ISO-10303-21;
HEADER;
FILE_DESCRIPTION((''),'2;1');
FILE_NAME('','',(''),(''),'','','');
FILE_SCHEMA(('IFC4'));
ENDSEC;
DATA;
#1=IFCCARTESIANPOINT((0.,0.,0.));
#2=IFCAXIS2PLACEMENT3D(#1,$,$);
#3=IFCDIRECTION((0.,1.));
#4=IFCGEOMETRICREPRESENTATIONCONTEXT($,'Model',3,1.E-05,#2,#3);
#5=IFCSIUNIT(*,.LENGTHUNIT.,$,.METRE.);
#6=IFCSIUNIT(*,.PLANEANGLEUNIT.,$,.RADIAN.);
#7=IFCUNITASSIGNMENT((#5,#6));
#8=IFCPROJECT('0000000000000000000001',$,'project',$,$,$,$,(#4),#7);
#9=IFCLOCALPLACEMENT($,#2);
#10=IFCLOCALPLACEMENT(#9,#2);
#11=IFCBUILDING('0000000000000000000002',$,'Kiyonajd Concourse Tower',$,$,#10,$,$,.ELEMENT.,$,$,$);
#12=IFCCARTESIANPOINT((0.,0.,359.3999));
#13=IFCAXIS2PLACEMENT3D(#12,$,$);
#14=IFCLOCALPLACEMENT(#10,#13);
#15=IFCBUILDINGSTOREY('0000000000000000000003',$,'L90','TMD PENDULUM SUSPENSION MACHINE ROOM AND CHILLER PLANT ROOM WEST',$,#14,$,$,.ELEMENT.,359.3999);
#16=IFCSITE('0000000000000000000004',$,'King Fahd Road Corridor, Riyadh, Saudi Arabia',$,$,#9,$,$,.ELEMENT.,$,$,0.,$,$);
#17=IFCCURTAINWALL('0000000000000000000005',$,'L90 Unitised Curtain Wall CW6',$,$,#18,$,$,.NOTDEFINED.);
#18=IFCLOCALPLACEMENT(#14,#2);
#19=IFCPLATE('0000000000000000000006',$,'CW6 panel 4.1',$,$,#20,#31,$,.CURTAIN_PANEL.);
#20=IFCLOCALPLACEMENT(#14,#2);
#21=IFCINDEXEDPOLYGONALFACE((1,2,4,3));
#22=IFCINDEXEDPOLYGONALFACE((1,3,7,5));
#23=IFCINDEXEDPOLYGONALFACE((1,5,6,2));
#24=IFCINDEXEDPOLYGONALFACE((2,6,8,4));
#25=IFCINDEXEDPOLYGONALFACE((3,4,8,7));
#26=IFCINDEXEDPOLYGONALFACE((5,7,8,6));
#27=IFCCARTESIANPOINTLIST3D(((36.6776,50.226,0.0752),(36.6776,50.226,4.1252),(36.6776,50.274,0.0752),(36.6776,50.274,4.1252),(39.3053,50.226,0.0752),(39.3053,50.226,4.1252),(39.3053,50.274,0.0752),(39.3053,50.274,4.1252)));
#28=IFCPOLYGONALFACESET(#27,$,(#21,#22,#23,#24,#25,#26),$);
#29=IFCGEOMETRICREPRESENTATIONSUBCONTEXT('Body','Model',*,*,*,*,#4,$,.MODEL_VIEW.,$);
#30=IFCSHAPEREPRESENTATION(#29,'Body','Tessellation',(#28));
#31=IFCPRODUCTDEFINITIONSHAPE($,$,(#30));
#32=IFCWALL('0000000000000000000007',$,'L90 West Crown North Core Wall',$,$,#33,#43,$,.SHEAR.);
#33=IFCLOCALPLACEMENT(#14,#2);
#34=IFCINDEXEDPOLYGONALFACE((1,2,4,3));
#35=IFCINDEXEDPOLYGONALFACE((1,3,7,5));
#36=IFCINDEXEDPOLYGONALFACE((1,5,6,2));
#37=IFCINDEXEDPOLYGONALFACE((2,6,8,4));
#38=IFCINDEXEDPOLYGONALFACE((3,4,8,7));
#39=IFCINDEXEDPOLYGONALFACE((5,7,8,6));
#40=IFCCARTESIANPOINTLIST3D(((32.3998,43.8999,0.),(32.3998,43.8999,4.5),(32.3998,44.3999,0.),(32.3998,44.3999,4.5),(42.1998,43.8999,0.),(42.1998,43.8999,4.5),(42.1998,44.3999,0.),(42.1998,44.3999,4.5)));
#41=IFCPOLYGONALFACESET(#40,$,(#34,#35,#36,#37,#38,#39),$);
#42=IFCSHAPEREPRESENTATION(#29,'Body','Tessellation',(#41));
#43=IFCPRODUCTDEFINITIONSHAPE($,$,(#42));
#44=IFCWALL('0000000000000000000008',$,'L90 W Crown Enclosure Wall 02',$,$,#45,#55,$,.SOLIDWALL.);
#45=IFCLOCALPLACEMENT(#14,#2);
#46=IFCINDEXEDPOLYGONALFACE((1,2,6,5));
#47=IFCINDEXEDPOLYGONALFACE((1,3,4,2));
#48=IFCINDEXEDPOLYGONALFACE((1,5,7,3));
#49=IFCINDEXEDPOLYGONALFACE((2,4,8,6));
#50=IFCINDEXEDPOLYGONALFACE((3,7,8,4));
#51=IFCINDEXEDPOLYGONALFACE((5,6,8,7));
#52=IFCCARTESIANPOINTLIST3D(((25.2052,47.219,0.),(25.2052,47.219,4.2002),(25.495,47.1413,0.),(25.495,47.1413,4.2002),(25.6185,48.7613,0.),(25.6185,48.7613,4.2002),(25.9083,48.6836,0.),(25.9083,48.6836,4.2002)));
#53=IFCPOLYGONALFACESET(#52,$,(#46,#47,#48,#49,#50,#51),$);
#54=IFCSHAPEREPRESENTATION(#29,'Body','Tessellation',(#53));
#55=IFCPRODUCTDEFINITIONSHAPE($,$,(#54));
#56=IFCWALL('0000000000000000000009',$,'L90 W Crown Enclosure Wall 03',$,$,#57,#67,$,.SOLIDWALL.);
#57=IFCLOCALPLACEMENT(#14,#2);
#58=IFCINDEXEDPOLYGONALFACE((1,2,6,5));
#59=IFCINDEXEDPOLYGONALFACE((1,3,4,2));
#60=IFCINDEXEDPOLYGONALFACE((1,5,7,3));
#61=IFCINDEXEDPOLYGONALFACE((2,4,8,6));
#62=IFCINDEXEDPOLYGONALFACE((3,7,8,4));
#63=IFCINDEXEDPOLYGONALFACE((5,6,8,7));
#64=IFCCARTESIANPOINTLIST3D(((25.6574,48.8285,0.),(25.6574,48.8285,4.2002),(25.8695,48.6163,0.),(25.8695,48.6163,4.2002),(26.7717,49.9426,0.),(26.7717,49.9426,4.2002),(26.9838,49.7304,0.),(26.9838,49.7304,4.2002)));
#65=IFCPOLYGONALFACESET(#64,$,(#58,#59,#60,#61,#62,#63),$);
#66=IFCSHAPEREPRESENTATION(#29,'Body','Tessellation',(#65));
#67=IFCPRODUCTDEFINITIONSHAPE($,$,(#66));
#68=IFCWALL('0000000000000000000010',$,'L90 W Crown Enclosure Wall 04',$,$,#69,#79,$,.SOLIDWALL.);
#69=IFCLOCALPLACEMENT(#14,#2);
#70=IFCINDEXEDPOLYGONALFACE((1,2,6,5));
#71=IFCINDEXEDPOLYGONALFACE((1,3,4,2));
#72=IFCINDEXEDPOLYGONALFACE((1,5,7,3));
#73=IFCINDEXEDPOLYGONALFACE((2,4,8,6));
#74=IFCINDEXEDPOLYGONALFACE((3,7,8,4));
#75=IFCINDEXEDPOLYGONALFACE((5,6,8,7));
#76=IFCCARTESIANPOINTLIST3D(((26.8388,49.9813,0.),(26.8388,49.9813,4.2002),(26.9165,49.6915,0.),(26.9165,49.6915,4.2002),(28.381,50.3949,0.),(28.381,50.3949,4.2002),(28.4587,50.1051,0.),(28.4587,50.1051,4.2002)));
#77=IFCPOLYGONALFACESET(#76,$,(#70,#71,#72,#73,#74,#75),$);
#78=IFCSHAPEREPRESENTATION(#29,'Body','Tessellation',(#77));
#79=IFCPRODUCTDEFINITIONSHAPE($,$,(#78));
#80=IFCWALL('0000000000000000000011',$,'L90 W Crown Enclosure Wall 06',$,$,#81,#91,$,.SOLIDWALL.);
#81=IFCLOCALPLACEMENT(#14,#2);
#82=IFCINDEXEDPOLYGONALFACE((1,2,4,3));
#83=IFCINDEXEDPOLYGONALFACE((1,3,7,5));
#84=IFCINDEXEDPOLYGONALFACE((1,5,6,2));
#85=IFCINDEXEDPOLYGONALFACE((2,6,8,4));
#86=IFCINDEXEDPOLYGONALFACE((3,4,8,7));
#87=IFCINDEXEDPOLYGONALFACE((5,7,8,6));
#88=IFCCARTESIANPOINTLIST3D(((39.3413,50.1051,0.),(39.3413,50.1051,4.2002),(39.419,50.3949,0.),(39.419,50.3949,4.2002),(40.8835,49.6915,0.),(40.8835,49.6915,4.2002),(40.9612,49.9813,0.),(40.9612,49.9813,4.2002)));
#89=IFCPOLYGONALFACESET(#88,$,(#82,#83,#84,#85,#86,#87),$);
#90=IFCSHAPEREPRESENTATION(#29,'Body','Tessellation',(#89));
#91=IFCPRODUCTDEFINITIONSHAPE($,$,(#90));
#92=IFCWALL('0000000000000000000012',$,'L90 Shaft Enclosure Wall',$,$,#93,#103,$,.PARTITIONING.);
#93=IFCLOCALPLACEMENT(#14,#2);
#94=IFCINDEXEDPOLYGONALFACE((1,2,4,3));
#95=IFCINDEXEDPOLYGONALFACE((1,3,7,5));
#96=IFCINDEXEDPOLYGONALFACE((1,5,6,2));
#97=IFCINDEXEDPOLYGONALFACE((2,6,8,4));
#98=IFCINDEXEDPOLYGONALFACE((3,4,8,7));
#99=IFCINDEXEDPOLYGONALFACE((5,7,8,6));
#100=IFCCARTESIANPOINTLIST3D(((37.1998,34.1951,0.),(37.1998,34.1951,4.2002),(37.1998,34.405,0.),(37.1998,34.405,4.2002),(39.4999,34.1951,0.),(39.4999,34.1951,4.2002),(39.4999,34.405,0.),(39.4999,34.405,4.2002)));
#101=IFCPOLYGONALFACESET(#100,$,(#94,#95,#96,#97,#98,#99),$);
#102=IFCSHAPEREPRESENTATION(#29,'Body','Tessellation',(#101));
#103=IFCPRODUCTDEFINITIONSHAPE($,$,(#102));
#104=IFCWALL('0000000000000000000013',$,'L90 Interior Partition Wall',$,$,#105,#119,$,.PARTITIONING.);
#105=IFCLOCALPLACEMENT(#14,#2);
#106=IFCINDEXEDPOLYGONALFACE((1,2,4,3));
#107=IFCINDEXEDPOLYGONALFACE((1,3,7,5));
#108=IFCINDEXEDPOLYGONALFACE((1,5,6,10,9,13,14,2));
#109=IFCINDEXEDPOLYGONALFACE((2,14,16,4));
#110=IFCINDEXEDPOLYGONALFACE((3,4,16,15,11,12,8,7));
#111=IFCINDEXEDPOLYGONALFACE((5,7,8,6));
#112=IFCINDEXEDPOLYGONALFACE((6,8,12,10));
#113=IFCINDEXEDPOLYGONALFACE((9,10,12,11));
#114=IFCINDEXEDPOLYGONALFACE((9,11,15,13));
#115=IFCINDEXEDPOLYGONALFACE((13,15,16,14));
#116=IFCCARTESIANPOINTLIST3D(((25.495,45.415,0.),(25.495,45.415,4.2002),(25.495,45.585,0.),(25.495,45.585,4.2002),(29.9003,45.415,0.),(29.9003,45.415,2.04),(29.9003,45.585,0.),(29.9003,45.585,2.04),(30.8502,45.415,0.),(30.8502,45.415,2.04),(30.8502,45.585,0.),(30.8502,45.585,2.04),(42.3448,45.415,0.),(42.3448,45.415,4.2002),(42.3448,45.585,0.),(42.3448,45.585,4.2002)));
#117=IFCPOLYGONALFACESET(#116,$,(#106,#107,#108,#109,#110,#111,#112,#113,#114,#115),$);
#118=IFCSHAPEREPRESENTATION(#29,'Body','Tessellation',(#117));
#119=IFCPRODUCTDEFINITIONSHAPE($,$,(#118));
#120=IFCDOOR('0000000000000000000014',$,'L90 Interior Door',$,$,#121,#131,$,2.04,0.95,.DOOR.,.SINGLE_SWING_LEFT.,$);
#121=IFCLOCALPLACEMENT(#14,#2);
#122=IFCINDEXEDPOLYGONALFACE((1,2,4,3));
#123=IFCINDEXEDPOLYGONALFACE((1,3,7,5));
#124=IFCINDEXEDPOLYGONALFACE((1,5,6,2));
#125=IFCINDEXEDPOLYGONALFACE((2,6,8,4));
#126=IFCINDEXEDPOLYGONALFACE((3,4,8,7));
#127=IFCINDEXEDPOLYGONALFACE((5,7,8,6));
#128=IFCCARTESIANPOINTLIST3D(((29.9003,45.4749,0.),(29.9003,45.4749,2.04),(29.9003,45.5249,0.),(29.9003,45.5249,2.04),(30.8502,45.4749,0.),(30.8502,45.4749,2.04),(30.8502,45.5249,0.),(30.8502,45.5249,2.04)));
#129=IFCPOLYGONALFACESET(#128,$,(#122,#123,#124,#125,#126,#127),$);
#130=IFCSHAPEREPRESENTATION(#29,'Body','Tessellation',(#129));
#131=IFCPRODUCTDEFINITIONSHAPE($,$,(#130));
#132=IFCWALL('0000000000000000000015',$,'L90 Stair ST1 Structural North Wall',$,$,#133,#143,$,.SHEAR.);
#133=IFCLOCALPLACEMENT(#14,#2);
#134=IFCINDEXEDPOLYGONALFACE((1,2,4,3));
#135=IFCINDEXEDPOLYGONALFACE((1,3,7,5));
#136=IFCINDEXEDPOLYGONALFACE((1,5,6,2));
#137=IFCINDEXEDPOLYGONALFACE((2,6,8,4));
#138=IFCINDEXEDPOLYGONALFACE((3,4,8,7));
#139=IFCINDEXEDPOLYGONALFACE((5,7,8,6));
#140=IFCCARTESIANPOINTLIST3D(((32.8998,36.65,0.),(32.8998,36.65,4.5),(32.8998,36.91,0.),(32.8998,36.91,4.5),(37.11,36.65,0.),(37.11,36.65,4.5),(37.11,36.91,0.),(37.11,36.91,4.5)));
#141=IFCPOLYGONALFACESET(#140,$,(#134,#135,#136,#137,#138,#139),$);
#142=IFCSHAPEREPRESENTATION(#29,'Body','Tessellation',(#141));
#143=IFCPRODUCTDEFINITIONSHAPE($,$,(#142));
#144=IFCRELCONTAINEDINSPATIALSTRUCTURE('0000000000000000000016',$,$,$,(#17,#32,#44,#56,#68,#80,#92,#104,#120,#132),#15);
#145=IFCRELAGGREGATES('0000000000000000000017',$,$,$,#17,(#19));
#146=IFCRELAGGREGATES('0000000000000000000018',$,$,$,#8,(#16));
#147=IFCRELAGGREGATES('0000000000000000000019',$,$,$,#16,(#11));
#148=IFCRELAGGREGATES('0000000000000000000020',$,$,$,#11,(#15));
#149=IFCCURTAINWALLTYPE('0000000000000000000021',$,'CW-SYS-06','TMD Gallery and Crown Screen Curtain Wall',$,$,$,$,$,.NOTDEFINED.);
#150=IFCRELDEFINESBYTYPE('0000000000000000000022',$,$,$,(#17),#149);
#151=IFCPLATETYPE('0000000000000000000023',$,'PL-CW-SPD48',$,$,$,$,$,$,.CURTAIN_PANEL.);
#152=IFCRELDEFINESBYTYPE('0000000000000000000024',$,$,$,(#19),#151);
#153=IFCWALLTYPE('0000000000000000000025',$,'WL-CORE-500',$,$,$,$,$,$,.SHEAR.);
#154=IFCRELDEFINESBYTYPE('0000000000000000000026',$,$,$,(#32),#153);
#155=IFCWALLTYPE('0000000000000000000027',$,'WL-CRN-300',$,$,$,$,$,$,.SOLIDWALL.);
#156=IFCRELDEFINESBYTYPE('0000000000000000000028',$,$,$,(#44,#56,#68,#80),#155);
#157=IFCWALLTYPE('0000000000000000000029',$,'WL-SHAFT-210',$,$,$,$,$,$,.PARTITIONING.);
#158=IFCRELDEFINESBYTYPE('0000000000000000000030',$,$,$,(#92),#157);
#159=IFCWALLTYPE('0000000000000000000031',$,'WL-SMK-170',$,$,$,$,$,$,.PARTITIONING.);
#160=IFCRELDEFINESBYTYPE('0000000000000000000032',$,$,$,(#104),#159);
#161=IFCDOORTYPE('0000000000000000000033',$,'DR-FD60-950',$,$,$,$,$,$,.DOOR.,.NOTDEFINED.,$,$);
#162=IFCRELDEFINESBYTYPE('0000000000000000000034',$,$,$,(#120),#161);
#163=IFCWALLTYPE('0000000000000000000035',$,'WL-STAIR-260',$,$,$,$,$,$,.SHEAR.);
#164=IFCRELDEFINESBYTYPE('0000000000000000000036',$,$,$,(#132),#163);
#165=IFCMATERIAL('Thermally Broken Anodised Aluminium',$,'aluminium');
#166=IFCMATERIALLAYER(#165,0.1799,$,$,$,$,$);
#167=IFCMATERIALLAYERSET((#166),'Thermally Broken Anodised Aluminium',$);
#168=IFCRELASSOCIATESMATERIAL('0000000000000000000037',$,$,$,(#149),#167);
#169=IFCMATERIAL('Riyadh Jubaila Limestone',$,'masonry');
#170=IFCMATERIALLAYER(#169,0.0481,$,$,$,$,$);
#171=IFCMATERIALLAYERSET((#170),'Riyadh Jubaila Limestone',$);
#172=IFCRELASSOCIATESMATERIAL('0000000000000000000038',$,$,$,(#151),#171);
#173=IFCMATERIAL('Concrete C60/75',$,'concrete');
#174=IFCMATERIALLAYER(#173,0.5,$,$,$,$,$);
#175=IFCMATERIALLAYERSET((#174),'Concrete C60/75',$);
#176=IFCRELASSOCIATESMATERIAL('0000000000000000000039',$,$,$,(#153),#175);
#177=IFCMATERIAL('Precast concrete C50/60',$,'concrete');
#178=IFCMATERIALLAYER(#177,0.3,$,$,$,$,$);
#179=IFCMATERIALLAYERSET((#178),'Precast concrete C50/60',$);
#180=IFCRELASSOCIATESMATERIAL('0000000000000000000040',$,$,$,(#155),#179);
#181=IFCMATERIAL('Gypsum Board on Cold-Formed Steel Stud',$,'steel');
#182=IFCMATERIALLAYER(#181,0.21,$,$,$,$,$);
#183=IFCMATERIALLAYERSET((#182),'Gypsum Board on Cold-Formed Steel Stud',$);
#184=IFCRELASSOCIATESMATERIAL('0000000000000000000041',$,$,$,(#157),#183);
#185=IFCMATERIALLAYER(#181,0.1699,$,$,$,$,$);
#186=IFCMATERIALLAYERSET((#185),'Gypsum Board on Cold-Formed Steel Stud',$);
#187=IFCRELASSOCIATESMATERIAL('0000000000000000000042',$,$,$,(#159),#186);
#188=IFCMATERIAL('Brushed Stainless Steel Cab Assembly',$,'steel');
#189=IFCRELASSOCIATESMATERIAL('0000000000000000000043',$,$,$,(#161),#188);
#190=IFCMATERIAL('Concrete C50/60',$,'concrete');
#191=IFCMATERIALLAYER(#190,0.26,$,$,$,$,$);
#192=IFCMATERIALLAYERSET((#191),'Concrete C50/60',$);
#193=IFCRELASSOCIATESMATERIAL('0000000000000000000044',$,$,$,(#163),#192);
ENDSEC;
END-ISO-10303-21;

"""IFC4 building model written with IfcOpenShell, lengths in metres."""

from ifc_helpers import new_model, si_unit, direction, frame, frame_2d, origin, origin_2d, place, context, subcontext, project, spatial, rectangle, extrude, material, layer, layer_set, type_object, element, fill, aggregate, save


model = new_model("IFC4")

# Units and contexts
model_context = context("Model", 3, precision=1e-05, world=origin(), true_north=direction((0.0, 1.0)))
body_context = subcontext(model_context, "Body", "Model", "MODEL_VIEW")
ifc_project = project(units=[si_unit("LENGTHUNIT", "METRE"), si_unit("PLANEANGLEUNIT", "RADIAN")], contexts=[model_context])

# Site, building, storey
site_placement = place(None, origin())
site = spatial("IfcSite", under=ifc_project, at=site_placement, Name="King Fahd Road Corridor, Riyadh, Saudi Arabia", CompositionType="ELEMENT", RefElevation=0.0)
building_placement = place(site_placement, origin())
building = spatial("IfcBuilding", under=site, at=building_placement, Name="Kiyonajd Concourse Tower", CompositionType="ELEMENT")
storey_placement = place(building_placement, frame((0.0, 0.0, 359.3999)))
storey = spatial("IfcBuildingStorey", under=building, at=storey_placement, Name="L90", Description="TMD PENDULUM SUSPENSION MACHINE ROOM AND CHILLER PLANT ROOM WEST", CompositionType="ELEMENT", Elevation=359.3999)

# Curtain wall
ifc_material_1 = material(Name="Thermally Broken Anodised Aluminium", Category="aluminium")
ifc_layer_1 = layer(ifc_material_1, 0.1799)
ifc_layer_set_1 = layer_set([ifc_layer_1], Name="Thermally Broken Anodised Aluminium")
curtain_wall_type = type_object("IfcCurtainWallType", Name="CW-SYS-06", Description="TMD Gallery and Crown Screen Curtain Wall", PredefinedType="NOTDEFINED", material=ifc_layer_set_1)
curtain_wall_placement = place(storey_placement, origin())
curtain_wall = element("IfcCurtainWall", 1, at=curtain_wall_placement, inside=storey, type_object=curtain_wall_type, Name="L90 Unitised Curtain Wall CW6", PredefinedType="NOTDEFINED")

# Plate
ifc_material_2 = material(Name="Riyadh Jubaila Limestone", Category="masonry")
ifc_layer_2 = layer(ifc_material_2, 0.0481)
ifc_layer_set_2 = layer_set([ifc_layer_2], Name="Riyadh Jubaila Limestone")
plate_type_1 = type_object("IfcPlateType", Name="PL-CW-SPD48", PredefinedType="CURTAIN_PANEL", material=ifc_layer_set_2)
plate_1_placement = place(storey_placement, frame((37.9915, 50.25, 0.0752), z_axis=(0.0, 0.0, 1.0), x_axis=(1.0, 0.0, 0.0)))
plate_1 = element("IfcPlate", 2, at=plate_1_placement, type_object=plate_type_1, Name="CW6 panel 4.1", PredefinedType="CURTAIN_PANEL", context=body_context, shape_type="SweptSolid", body=[
    extrude(rectangle(XDim=2.6277, YDim=0.0481, at=origin_2d()), origin(), (0.0, 0.0, 1.0), 4.05),
])
aggregate(curtain_wall, [plate_1])

# Walls
ifc_material_3 = material(Name="Concrete C60/75", Category="concrete")
ifc_layer_3 = layer(ifc_material_3, 0.5)
ifc_layer_set_3 = layer_set([ifc_layer_3], Name="Concrete C60/75")
wall_type_1 = type_object("IfcWallType", Name="WL-CORE-500", PredefinedType="SHEAR", material=ifc_layer_set_3)
wall_1_placement = place(storey_placement, frame((32.3999, 44.1499, 0.0), z_axis=(0.0, 0.0, 1.0), x_axis=(1.0, 0.0, 0.0)))
element("IfcWall", 3, at=wall_1_placement, inside=storey, type_object=wall_type_1, Name="L90 West Crown North Core Wall", PredefinedType="SHEAR", context=body_context, shape_type="SweptSolid", body=[
    extrude(rectangle(XDim=9.8, YDim=0.5, at=frame_2d((4.8999, 0.0))), origin(), (0.0, 0.0, 1.0), 4.5),
])
ifc_material_4 = material(Name="Precast concrete C50/60", Category="concrete")
ifc_layer_4 = layer(ifc_material_4, 0.3)
ifc_layer_set_4 = layer_set([ifc_layer_4], Name="Precast concrete C50/60")
wall_type_2 = type_object("IfcWallType", Name="WL-CRN-300", PredefinedType="SOLIDWALL", material=ifc_layer_set_4)
wall_2_placement = place(storey_placement, frame((25.3501, 47.1802, 0.0), z_axis=(0.0, 0.0, 1.0), x_axis=(0.258871, 0.965912, 0.0)))
element("IfcWall", 4, at=wall_2_placement, inside=storey, type_object=wall_type_2, Name="L90 W Crown Enclosure Wall 02", PredefinedType="SOLIDWALL", context=body_context, shape_type="SweptSolid", body=[
    extrude(rectangle(XDim=1.5967, YDim=0.3, at=frame_2d((0.7983, 0.0))), origin(), (0.0, 0.0, 1.0), 4.2002),
])
wall_3_placement = place(storey_placement, frame((25.7634, 48.7224, 0.0), z_axis=(0.0, 0.0, 1.0), x_axis=(0.707184, 0.707029, 0.0)))
element("IfcWall", 5, at=wall_3_placement, inside=storey, type_object=wall_type_2, Name="L90 W Crown Enclosure Wall 03", PredefinedType="SOLIDWALL", context=body_context, shape_type="SweptSolid", body=[
    extrude(rectangle(XDim=1.5757, YDim=0.3, at=frame_2d((0.7878, 0.0))), origin(), (0.0, 0.0, 1.0), 4.2002),
])
for number, where, z_axis, x_axis, name in (
    (6, (26.8777, 49.8364, 0.0), (0.0, 0.0, 1.0), (0.965874, 0.259014, 0.0), "L90 W Crown Enclosure Wall 04"),
    (7, (39.3801, 50.25, 0.0), (0.0, 0.0, 1.0), (0.965874, -0.259014, 0.0), "L90 W Crown Enclosure Wall 06"),
):
    element("IfcWall", number, at=place(storey_placement, frame(where, z_axis=z_axis, x_axis=x_axis)), inside=storey, type_object=wall_type_2, Name=name, PredefinedType="SOLIDWALL", context=body_context, shape_type="SweptSolid", body=[
        extrude(rectangle(XDim=1.5967, YDim=0.3, at=frame_2d((0.7983, 0.0))), origin(), (0.0, 0.0, 1.0), 4.2002),
    ])
ifc_material_5 = material(Name="Gypsum Board on Cold-Formed Steel Stud", Category="steel")
ifc_layer_5 = layer(ifc_material_5, 0.21)
ifc_layer_set_5 = layer_set([ifc_layer_5], Name="Gypsum Board on Cold-Formed Steel Stud")
wall_type_3 = type_object("IfcWallType", Name="WL-SHAFT-210", PredefinedType="PARTITIONING", material=ifc_layer_set_5)
wall_4_placement = place(storey_placement, frame((37.2, 34.3, 0.0), z_axis=(0.0, 0.0, 1.0), x_axis=(1.0, 0.0, 0.0)))
element("IfcWall", 8, at=wall_4_placement, inside=storey, type_object=wall_type_3, Name="L90 Shaft Enclosure Wall", PredefinedType="PARTITIONING", context=body_context, shape_type="SweptSolid", body=[
    extrude(rectangle(XDim=2.3, YDim=0.21, at=frame_2d((1.1499, 0.0))), origin(), (0.0, 0.0, 1.0), 4.2002),
])

# Wall, opening, door
ifc_layer_6 = layer(ifc_material_5, 0.1699)
ifc_layer_set_6 = layer_set([ifc_layer_6], Name="Gypsum Board on Cold-Formed Steel Stud")
wall_type_4 = type_object("IfcWallType", Name="WL-SMK-170", PredefinedType="PARTITIONING", material=ifc_layer_set_6)
wall_5_placement = place(storey_placement, frame((25.4951, 45.5, 0.0), z_axis=(0.0, 0.0, 1.0), x_axis=(1.0, 0.0, 0.0)))
wall_5 = element("IfcWall", 9, at=wall_5_placement, inside=storey, type_object=wall_type_4, Name="L90 Interior Partition Wall", PredefinedType="PARTITIONING", context=body_context, shape_type="SweptSolid", body=[
    extrude(rectangle(XDim=16.8499, YDim=0.1699, at=frame_2d((8.4248, 0.0))), origin(), (0.0, 0.0, 1.0), 4.2002),
])
opening_placement = place(wall_5_placement, frame((4.405, 0.0, 0.0)))
opening = element("IfcOpeningElement", 10, at=opening_placement, cuts=wall_5, PredefinedType="OPENING", context=body_context, shape_type="SweptSolid", body=[
    extrude(rectangle(XDim=0.95, YDim=2.04, at=frame_2d((0.4751, 1.02))), frame((0.0, 0.095, 0.0), z_axis=(0.0, -1.0, 0.0), x_axis=(1.0, 0.0, 0.0)), (0.0, 0.0, 1.0), 0.1899),
])
ifc_material_6 = material(Name="Brushed Stainless Steel Cab Assembly", Category="steel")
door_type = type_object("IfcDoorType", Name="DR-FD60-950", OperationType="NOTDEFINED", PredefinedType="DOOR", material=ifc_material_6)
door_placement = place(opening_placement, origin())
door = element("IfcDoor", 11, at=door_placement, inside=storey, type_object=door_type, Name="L90 Interior Door", OperationType="SINGLE_SWING_LEFT", OverallHeight=2.04, OverallWidth=0.95, PredefinedType="DOOR", context=body_context, shape_type="SweptSolid", body=[
    extrude(rectangle(XDim=0.95, YDim=2.04, at=frame_2d((0.4751, 1.02))), frame((0.0, 0.0249, 0.0), z_axis=(0.0, -1.0, 0.0), x_axis=(1.0, 0.0, 0.0)), (0.0, 0.0, 1.0), 0.05),
])
fill(opening, door)

# Wall
ifc_material_7 = material(Name="Concrete C50/60", Category="concrete")
ifc_layer_7 = layer(ifc_material_7, 0.26)
ifc_layer_set_7 = layer_set([ifc_layer_7], Name="Concrete C50/60")
wall_type_5 = type_object("IfcWallType", Name="WL-STAIR-260", PredefinedType="SHEAR", material=ifc_layer_set_7)
wall_6_placement = place(storey_placement, frame((32.8999, 36.78, 0.0), z_axis=(0.0, 0.0, 1.0), x_axis=(1.0, 0.0, 0.0)))
element("IfcWall", 12, at=wall_6_placement, inside=storey, type_object=wall_type_5, Name="L90 Stair ST1 Structural North Wall", PredefinedType="SHEAR", context=body_context, shape_type="SweptSolid", body=[
    extrude(rectangle(XDim=4.2102, YDim=0.26, at=frame_2d((2.105, 0.0))), origin(), (0.0, 0.0, 1.0), 4.5),
])

save(model, "model.ifc")
